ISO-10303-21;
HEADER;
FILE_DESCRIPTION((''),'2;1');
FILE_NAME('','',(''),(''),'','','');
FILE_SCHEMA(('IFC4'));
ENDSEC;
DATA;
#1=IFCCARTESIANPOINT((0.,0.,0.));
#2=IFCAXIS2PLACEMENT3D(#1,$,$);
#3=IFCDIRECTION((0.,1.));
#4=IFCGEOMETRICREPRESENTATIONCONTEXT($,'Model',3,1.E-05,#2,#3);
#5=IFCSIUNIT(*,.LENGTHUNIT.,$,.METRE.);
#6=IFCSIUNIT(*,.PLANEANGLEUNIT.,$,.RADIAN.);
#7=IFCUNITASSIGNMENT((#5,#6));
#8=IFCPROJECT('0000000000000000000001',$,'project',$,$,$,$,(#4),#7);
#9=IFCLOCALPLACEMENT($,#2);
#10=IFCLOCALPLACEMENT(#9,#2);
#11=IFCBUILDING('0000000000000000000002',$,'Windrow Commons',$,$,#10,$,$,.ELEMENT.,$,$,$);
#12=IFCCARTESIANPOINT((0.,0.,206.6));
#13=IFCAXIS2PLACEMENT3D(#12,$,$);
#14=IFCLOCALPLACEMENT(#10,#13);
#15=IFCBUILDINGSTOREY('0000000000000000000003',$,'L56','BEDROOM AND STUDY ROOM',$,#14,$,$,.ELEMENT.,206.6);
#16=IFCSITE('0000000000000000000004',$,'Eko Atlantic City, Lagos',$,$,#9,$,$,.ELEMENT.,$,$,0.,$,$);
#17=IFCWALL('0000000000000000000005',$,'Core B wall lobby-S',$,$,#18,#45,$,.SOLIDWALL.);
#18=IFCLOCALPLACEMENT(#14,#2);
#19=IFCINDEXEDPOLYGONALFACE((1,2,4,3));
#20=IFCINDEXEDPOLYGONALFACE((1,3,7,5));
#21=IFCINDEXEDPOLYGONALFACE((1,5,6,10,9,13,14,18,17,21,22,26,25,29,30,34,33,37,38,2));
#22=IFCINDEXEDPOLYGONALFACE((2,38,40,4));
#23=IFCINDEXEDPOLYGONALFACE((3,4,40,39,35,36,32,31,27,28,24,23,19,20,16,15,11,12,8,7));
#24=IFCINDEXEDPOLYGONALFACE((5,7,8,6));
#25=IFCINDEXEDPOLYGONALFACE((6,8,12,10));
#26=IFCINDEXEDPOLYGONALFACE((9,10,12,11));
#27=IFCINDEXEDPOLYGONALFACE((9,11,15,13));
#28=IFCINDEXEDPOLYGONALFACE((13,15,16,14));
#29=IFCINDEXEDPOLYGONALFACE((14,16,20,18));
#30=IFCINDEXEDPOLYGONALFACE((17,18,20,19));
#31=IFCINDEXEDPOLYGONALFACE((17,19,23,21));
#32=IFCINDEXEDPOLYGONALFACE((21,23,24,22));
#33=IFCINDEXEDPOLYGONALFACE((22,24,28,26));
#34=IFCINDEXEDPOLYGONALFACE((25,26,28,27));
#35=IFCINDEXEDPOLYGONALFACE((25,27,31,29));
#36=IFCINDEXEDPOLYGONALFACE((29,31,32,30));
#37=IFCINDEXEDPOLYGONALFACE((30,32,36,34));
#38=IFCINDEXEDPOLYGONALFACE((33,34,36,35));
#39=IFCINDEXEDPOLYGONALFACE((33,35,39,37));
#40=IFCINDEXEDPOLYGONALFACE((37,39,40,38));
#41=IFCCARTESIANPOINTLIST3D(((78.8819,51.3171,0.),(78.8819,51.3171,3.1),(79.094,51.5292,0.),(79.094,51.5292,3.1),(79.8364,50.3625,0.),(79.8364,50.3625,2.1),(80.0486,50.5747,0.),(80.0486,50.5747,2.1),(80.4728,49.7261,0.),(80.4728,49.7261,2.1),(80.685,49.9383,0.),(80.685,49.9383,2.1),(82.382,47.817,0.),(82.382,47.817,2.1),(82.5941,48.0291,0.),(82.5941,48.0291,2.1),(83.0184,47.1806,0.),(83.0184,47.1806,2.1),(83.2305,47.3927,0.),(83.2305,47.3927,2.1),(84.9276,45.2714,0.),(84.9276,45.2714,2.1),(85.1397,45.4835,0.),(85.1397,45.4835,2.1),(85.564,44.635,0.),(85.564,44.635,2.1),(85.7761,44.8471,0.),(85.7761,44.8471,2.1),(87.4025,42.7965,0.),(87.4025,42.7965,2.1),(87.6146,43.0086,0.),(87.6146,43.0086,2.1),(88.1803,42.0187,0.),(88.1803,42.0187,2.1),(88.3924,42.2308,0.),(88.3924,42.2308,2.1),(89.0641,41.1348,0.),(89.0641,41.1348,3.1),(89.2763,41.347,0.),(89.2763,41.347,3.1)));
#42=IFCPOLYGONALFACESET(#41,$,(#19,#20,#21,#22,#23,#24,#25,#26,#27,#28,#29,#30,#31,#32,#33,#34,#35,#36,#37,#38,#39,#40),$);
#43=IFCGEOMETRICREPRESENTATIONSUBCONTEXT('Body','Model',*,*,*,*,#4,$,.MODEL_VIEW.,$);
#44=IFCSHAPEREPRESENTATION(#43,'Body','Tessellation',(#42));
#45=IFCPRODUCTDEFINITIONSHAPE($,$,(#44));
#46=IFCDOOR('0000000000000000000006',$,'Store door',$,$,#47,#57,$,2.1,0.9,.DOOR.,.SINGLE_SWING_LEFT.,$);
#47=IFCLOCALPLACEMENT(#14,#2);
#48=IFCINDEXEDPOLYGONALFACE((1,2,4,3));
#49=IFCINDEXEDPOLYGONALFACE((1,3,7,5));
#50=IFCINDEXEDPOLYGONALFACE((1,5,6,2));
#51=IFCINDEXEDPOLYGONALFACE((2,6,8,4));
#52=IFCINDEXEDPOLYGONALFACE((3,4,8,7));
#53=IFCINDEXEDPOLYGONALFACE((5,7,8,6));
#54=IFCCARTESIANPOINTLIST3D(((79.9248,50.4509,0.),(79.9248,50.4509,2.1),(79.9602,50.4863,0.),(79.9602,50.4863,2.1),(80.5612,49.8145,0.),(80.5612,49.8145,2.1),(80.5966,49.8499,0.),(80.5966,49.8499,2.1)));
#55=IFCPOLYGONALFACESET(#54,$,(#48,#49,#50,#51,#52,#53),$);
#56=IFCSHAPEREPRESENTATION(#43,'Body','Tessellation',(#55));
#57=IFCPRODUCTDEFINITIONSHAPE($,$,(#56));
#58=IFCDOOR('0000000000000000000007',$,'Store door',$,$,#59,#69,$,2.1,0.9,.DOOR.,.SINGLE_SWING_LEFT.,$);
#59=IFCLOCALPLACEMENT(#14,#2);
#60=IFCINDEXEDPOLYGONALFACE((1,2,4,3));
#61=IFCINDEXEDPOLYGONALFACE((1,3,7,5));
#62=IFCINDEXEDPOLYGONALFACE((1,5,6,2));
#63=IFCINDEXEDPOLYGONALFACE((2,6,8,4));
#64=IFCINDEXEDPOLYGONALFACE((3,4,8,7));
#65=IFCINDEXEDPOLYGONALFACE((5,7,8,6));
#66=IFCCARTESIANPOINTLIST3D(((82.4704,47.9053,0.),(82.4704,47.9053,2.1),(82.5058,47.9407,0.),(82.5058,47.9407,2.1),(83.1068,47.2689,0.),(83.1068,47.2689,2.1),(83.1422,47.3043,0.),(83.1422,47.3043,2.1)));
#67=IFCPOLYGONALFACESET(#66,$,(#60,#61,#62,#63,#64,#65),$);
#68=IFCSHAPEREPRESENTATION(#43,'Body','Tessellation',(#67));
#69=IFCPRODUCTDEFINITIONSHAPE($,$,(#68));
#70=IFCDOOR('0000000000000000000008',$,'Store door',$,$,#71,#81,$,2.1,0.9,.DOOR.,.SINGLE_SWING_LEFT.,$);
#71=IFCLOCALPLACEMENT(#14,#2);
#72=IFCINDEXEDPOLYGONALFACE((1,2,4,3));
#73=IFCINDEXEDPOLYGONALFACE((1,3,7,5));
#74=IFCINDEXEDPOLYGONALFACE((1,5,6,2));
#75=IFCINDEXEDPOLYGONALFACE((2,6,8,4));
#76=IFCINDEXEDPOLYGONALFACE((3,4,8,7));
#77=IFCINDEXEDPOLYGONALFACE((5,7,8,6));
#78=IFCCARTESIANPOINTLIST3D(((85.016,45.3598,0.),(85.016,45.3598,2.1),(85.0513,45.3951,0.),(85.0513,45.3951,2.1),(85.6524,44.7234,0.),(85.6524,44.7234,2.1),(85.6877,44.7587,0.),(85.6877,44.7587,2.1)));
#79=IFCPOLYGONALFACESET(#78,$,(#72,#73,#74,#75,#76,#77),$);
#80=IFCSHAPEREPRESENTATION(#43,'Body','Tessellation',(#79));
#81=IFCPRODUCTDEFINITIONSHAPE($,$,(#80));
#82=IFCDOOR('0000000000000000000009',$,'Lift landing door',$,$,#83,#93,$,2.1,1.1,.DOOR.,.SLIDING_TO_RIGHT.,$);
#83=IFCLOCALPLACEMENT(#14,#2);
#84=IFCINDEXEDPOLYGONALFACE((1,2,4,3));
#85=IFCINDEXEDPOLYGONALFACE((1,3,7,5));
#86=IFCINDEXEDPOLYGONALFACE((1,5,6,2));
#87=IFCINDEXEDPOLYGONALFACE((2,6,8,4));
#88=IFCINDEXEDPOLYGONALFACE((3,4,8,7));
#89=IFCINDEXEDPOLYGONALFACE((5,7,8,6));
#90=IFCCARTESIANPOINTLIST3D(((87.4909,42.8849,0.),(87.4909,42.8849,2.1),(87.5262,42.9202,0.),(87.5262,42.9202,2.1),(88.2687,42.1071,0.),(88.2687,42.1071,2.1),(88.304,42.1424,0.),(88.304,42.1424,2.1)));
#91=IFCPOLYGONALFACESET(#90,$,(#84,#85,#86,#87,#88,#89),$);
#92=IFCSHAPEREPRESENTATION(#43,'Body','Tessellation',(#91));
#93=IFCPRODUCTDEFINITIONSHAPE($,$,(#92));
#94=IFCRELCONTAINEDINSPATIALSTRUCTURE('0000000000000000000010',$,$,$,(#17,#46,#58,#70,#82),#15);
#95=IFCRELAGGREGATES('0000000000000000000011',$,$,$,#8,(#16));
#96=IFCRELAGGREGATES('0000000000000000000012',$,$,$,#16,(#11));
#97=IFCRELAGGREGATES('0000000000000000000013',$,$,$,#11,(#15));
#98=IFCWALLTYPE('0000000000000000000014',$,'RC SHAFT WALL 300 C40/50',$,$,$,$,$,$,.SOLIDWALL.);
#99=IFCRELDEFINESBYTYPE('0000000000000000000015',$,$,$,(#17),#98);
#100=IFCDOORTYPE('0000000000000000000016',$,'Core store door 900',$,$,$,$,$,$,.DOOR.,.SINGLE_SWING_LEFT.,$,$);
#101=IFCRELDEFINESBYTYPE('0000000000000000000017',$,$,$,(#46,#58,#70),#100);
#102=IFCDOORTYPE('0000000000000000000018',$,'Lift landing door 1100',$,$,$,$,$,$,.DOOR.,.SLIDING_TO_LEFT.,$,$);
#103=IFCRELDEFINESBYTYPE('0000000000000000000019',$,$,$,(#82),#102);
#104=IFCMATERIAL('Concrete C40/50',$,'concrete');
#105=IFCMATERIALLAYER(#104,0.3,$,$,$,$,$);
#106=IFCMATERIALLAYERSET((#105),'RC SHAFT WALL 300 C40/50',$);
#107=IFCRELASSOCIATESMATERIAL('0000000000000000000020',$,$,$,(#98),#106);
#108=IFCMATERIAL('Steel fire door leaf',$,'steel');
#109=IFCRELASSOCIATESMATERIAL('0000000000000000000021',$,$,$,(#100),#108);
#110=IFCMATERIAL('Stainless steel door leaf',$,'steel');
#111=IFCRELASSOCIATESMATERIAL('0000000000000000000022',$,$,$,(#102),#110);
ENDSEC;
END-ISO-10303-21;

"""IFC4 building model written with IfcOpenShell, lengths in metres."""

from ifc_helpers import new_model, si_unit, direction, frame, frame_2d, origin, place, context, subcontext, project, spatial, rectangle, extrude, material, layer, layer_set, type_object, element, fill, save


model = new_model("IFC4")

# Units and contexts
model_context = context("Model", 3, precision=1e-05, world=origin(), true_north=direction((0.0, 1.0)))
body_context = subcontext(model_context, "Body", "Model", "MODEL_VIEW")
ifc_project = project(units=[si_unit("LENGTHUNIT", "METRE"), si_unit("PLANEANGLEUNIT", "RADIAN")], contexts=[model_context])

# Site, building, storey
site_placement = place(None, origin())
site = spatial("IfcSite", under=ifc_project, at=site_placement, Name="Eko Atlantic City, Lagos", CompositionType="ELEMENT", RefElevation=0.0)
building_placement = place(site_placement, origin())
building = spatial("IfcBuilding", under=site, at=building_placement, Name="Windrow Commons", CompositionType="ELEMENT")
storey_placement = place(building_placement, frame((0.0, 0.0, 206.6)))
storey = spatial("IfcBuildingStorey", under=building, at=storey_placement, Name="L56", Description="BEDROOM AND STUDY ROOM", CompositionType="ELEMENT", Elevation=206.6)

# Shared definitions
ifc_material_1 = material(Name="Concrete C40/50", Category="concrete")
ifc_layer_1 = layer(ifc_material_1, 0.3)
ifc_layer_set_1 = layer_set([ifc_layer_1], Name="RC SHAFT WALL 300 C40/50")
wall_type_1 = type_object("IfcWallType", Name="RC SHAFT WALL 300 C40/50", PredefinedType="SOLIDWALL", material=ifc_layer_set_1)

# Wall, openings, doors
wall_1_placement = place(storey_placement, frame((78.9879, 51.4232, 0.0), z_axis=(0.0, 0.0, 1.0), x_axis=(0.707107, -0.707107, 0.0)))
wall_1 = element("IfcWall", 1, at=wall_1_placement, inside=storey, type_object=wall_type_1, Name="Core B wall lobby-S", PredefinedType="SOLIDWALL", context=body_context, shape_type="SweptSolid", body=[
    extrude(rectangle(XDim=14.3999, YDim=0.3, at=frame_2d((7.2, 0.0))), origin(), (0.0, 0.0, 1.0), 3.1),
])
opening_1_placement = place(wall_1_placement, frame((1.35, 0.0, 0.0)))
opening_1 = element("IfcOpeningElement", 2, at=opening_1_placement, cuts=wall_1, PredefinedType="OPENING", context=body_context, shape_type="SweptSolid", body=[
    extrude(rectangle(XDim=0.9, YDim=2.1, at=frame_2d((0.45, 1.05))), frame((0.0, 0.16, 0.0), z_axis=(0.0, -1.0, 0.0), x_axis=(1.0, 0.0, 0.0)), (0.0, 0.0, 1.0), 0.32),
])
opening_2_placement = place(wall_1_placement, frame((4.95, 0.0, 0.0)))
opening_2 = element("IfcOpeningElement", 3, at=opening_2_placement, cuts=wall_1, PredefinedType="OPENING", context=body_context, shape_type="SweptSolid", body=[
    extrude(rectangle(XDim=0.9, YDim=2.1, at=frame_2d((0.45, 1.05))), frame((0.0, 0.16, 0.0), z_axis=(0.0, -1.0, 0.0), x_axis=(1.0, 0.0, 0.0)), (0.0, 0.0, 1.0), 0.32),
])
opening_3_placement = place(wall_1_placement, frame((8.55, 0.0, 0.0)))
opening_3 = element("IfcOpeningElement", 4, at=opening_3_placement, cuts=wall_1, PredefinedType="OPENING", context=body_context, shape_type="SweptSolid", body=[
    extrude(rectangle(XDim=0.9, YDim=2.1, at=frame_2d((0.45, 1.05))), frame((0.0, 0.16, 0.0), z_axis=(0.0, -1.0, 0.0), x_axis=(1.0, 0.0, 0.0)), (0.0, 0.0, 1.0), 0.32),
])
opening_4_placement = place(wall_1_placement, frame((12.05, 0.0, 0.0)))
opening_4 = element("IfcOpeningElement", 5, at=opening_4_placement, cuts=wall_1, PredefinedType="OPENING", context=body_context, shape_type="SweptSolid", body=[
    extrude(rectangle(XDim=1.1, YDim=2.1, at=frame_2d((0.55, 1.05))), frame((0.0, 0.16, 0.0), z_axis=(0.0, -1.0, 0.0), x_axis=(1.0, 0.0, 0.0)), (0.0, 0.0, 1.0), 0.32),
])
ifc_material_2 = material(Name="Steel fire door leaf", Category="steel")
door_type_1 = type_object("IfcDoorType", Name="Core store door 900", OperationType="SINGLE_SWING_LEFT", PredefinedType="DOOR", material=ifc_material_2)
door_1_placement = place(opening_1_placement, origin())
door_1 = element("IfcDoor", 6, at=door_1_placement, inside=storey, type_object=door_type_1, Name="Store door", OperationType="SINGLE_SWING_LEFT", OverallHeight=2.1, OverallWidth=0.9, PredefinedType="DOOR", context=body_context, shape_type="SweptSolid", body=[
    extrude(rectangle(XDim=0.9, YDim=2.1, at=frame_2d((0.45, 1.05))), frame((0.0, 0.025, 0.0), z_axis=(0.0, -1.0, 0.0), x_axis=(1.0, 0.0, 0.0)), (0.0, 0.0, 1.0), 0.05),
])
fill(opening_1, door_1)
door_2_placement = place(opening_2_placement, origin())
door_2 = element("IfcDoor", 7, at=door_2_placement, inside=storey, type_object=door_type_1, Name="Store door", OperationType="SINGLE_SWING_LEFT", OverallHeight=2.1, OverallWidth=0.9, PredefinedType="DOOR", context=body_context, shape_type="SweptSolid", body=[
    extrude(rectangle(XDim=0.9, YDim=2.1, at=frame_2d((0.45, 1.05))), frame((0.0, 0.025, 0.0), z_axis=(0.0, -1.0, 0.0), x_axis=(1.0, 0.0, 0.0)), (0.0, 0.0, 1.0), 0.05),
])
fill(opening_2, door_2)
door_3_placement = place(opening_3_placement, origin())
door_3 = element("IfcDoor", 8, at=door_3_placement, inside=storey, type_object=door_type_1, Name="Store door", OperationType="SINGLE_SWING_LEFT", OverallHeight=2.1, OverallWidth=0.9, PredefinedType="DOOR", context=body_context, shape_type="SweptSolid", body=[
    extrude(rectangle(XDim=0.9, YDim=2.1, at=frame_2d((0.45, 1.05))), frame((0.0, 0.025, 0.0), z_axis=(0.0, -1.0, 0.0), x_axis=(1.0, 0.0, 0.0)), (0.0, 0.0, 1.0), 0.05),
])
fill(opening_3, door_3)
ifc_material_3 = material(Name="Stainless steel door leaf", Category="steel")
door_type_2 = type_object("IfcDoorType", Name="Lift landing door 1100", OperationType="SLIDING_TO_LEFT", PredefinedType="DOOR", material=ifc_material_3)
door_4_placement = place(opening_4_placement, origin())
door_4 = element("IfcDoor", 9, at=door_4_placement, inside=storey, type_object=door_type_2, Name="Lift landing door", OperationType="SLIDING_TO_RIGHT", OverallHeight=2.1, OverallWidth=1.1, PredefinedType="DOOR", context=body_context, shape_type="SweptSolid", body=[
    extrude(rectangle(XDim=1.1, YDim=2.1, at=frame_2d((0.55, 1.05))), frame((0.0, 0.025, 0.0), z_axis=(0.0, -1.0, 0.0), x_axis=(1.0, 0.0, 0.0)), (0.0, 0.0, 1.0), 0.05),
])
fill(opening_4, door_4)

save(model, "model.ifc")
